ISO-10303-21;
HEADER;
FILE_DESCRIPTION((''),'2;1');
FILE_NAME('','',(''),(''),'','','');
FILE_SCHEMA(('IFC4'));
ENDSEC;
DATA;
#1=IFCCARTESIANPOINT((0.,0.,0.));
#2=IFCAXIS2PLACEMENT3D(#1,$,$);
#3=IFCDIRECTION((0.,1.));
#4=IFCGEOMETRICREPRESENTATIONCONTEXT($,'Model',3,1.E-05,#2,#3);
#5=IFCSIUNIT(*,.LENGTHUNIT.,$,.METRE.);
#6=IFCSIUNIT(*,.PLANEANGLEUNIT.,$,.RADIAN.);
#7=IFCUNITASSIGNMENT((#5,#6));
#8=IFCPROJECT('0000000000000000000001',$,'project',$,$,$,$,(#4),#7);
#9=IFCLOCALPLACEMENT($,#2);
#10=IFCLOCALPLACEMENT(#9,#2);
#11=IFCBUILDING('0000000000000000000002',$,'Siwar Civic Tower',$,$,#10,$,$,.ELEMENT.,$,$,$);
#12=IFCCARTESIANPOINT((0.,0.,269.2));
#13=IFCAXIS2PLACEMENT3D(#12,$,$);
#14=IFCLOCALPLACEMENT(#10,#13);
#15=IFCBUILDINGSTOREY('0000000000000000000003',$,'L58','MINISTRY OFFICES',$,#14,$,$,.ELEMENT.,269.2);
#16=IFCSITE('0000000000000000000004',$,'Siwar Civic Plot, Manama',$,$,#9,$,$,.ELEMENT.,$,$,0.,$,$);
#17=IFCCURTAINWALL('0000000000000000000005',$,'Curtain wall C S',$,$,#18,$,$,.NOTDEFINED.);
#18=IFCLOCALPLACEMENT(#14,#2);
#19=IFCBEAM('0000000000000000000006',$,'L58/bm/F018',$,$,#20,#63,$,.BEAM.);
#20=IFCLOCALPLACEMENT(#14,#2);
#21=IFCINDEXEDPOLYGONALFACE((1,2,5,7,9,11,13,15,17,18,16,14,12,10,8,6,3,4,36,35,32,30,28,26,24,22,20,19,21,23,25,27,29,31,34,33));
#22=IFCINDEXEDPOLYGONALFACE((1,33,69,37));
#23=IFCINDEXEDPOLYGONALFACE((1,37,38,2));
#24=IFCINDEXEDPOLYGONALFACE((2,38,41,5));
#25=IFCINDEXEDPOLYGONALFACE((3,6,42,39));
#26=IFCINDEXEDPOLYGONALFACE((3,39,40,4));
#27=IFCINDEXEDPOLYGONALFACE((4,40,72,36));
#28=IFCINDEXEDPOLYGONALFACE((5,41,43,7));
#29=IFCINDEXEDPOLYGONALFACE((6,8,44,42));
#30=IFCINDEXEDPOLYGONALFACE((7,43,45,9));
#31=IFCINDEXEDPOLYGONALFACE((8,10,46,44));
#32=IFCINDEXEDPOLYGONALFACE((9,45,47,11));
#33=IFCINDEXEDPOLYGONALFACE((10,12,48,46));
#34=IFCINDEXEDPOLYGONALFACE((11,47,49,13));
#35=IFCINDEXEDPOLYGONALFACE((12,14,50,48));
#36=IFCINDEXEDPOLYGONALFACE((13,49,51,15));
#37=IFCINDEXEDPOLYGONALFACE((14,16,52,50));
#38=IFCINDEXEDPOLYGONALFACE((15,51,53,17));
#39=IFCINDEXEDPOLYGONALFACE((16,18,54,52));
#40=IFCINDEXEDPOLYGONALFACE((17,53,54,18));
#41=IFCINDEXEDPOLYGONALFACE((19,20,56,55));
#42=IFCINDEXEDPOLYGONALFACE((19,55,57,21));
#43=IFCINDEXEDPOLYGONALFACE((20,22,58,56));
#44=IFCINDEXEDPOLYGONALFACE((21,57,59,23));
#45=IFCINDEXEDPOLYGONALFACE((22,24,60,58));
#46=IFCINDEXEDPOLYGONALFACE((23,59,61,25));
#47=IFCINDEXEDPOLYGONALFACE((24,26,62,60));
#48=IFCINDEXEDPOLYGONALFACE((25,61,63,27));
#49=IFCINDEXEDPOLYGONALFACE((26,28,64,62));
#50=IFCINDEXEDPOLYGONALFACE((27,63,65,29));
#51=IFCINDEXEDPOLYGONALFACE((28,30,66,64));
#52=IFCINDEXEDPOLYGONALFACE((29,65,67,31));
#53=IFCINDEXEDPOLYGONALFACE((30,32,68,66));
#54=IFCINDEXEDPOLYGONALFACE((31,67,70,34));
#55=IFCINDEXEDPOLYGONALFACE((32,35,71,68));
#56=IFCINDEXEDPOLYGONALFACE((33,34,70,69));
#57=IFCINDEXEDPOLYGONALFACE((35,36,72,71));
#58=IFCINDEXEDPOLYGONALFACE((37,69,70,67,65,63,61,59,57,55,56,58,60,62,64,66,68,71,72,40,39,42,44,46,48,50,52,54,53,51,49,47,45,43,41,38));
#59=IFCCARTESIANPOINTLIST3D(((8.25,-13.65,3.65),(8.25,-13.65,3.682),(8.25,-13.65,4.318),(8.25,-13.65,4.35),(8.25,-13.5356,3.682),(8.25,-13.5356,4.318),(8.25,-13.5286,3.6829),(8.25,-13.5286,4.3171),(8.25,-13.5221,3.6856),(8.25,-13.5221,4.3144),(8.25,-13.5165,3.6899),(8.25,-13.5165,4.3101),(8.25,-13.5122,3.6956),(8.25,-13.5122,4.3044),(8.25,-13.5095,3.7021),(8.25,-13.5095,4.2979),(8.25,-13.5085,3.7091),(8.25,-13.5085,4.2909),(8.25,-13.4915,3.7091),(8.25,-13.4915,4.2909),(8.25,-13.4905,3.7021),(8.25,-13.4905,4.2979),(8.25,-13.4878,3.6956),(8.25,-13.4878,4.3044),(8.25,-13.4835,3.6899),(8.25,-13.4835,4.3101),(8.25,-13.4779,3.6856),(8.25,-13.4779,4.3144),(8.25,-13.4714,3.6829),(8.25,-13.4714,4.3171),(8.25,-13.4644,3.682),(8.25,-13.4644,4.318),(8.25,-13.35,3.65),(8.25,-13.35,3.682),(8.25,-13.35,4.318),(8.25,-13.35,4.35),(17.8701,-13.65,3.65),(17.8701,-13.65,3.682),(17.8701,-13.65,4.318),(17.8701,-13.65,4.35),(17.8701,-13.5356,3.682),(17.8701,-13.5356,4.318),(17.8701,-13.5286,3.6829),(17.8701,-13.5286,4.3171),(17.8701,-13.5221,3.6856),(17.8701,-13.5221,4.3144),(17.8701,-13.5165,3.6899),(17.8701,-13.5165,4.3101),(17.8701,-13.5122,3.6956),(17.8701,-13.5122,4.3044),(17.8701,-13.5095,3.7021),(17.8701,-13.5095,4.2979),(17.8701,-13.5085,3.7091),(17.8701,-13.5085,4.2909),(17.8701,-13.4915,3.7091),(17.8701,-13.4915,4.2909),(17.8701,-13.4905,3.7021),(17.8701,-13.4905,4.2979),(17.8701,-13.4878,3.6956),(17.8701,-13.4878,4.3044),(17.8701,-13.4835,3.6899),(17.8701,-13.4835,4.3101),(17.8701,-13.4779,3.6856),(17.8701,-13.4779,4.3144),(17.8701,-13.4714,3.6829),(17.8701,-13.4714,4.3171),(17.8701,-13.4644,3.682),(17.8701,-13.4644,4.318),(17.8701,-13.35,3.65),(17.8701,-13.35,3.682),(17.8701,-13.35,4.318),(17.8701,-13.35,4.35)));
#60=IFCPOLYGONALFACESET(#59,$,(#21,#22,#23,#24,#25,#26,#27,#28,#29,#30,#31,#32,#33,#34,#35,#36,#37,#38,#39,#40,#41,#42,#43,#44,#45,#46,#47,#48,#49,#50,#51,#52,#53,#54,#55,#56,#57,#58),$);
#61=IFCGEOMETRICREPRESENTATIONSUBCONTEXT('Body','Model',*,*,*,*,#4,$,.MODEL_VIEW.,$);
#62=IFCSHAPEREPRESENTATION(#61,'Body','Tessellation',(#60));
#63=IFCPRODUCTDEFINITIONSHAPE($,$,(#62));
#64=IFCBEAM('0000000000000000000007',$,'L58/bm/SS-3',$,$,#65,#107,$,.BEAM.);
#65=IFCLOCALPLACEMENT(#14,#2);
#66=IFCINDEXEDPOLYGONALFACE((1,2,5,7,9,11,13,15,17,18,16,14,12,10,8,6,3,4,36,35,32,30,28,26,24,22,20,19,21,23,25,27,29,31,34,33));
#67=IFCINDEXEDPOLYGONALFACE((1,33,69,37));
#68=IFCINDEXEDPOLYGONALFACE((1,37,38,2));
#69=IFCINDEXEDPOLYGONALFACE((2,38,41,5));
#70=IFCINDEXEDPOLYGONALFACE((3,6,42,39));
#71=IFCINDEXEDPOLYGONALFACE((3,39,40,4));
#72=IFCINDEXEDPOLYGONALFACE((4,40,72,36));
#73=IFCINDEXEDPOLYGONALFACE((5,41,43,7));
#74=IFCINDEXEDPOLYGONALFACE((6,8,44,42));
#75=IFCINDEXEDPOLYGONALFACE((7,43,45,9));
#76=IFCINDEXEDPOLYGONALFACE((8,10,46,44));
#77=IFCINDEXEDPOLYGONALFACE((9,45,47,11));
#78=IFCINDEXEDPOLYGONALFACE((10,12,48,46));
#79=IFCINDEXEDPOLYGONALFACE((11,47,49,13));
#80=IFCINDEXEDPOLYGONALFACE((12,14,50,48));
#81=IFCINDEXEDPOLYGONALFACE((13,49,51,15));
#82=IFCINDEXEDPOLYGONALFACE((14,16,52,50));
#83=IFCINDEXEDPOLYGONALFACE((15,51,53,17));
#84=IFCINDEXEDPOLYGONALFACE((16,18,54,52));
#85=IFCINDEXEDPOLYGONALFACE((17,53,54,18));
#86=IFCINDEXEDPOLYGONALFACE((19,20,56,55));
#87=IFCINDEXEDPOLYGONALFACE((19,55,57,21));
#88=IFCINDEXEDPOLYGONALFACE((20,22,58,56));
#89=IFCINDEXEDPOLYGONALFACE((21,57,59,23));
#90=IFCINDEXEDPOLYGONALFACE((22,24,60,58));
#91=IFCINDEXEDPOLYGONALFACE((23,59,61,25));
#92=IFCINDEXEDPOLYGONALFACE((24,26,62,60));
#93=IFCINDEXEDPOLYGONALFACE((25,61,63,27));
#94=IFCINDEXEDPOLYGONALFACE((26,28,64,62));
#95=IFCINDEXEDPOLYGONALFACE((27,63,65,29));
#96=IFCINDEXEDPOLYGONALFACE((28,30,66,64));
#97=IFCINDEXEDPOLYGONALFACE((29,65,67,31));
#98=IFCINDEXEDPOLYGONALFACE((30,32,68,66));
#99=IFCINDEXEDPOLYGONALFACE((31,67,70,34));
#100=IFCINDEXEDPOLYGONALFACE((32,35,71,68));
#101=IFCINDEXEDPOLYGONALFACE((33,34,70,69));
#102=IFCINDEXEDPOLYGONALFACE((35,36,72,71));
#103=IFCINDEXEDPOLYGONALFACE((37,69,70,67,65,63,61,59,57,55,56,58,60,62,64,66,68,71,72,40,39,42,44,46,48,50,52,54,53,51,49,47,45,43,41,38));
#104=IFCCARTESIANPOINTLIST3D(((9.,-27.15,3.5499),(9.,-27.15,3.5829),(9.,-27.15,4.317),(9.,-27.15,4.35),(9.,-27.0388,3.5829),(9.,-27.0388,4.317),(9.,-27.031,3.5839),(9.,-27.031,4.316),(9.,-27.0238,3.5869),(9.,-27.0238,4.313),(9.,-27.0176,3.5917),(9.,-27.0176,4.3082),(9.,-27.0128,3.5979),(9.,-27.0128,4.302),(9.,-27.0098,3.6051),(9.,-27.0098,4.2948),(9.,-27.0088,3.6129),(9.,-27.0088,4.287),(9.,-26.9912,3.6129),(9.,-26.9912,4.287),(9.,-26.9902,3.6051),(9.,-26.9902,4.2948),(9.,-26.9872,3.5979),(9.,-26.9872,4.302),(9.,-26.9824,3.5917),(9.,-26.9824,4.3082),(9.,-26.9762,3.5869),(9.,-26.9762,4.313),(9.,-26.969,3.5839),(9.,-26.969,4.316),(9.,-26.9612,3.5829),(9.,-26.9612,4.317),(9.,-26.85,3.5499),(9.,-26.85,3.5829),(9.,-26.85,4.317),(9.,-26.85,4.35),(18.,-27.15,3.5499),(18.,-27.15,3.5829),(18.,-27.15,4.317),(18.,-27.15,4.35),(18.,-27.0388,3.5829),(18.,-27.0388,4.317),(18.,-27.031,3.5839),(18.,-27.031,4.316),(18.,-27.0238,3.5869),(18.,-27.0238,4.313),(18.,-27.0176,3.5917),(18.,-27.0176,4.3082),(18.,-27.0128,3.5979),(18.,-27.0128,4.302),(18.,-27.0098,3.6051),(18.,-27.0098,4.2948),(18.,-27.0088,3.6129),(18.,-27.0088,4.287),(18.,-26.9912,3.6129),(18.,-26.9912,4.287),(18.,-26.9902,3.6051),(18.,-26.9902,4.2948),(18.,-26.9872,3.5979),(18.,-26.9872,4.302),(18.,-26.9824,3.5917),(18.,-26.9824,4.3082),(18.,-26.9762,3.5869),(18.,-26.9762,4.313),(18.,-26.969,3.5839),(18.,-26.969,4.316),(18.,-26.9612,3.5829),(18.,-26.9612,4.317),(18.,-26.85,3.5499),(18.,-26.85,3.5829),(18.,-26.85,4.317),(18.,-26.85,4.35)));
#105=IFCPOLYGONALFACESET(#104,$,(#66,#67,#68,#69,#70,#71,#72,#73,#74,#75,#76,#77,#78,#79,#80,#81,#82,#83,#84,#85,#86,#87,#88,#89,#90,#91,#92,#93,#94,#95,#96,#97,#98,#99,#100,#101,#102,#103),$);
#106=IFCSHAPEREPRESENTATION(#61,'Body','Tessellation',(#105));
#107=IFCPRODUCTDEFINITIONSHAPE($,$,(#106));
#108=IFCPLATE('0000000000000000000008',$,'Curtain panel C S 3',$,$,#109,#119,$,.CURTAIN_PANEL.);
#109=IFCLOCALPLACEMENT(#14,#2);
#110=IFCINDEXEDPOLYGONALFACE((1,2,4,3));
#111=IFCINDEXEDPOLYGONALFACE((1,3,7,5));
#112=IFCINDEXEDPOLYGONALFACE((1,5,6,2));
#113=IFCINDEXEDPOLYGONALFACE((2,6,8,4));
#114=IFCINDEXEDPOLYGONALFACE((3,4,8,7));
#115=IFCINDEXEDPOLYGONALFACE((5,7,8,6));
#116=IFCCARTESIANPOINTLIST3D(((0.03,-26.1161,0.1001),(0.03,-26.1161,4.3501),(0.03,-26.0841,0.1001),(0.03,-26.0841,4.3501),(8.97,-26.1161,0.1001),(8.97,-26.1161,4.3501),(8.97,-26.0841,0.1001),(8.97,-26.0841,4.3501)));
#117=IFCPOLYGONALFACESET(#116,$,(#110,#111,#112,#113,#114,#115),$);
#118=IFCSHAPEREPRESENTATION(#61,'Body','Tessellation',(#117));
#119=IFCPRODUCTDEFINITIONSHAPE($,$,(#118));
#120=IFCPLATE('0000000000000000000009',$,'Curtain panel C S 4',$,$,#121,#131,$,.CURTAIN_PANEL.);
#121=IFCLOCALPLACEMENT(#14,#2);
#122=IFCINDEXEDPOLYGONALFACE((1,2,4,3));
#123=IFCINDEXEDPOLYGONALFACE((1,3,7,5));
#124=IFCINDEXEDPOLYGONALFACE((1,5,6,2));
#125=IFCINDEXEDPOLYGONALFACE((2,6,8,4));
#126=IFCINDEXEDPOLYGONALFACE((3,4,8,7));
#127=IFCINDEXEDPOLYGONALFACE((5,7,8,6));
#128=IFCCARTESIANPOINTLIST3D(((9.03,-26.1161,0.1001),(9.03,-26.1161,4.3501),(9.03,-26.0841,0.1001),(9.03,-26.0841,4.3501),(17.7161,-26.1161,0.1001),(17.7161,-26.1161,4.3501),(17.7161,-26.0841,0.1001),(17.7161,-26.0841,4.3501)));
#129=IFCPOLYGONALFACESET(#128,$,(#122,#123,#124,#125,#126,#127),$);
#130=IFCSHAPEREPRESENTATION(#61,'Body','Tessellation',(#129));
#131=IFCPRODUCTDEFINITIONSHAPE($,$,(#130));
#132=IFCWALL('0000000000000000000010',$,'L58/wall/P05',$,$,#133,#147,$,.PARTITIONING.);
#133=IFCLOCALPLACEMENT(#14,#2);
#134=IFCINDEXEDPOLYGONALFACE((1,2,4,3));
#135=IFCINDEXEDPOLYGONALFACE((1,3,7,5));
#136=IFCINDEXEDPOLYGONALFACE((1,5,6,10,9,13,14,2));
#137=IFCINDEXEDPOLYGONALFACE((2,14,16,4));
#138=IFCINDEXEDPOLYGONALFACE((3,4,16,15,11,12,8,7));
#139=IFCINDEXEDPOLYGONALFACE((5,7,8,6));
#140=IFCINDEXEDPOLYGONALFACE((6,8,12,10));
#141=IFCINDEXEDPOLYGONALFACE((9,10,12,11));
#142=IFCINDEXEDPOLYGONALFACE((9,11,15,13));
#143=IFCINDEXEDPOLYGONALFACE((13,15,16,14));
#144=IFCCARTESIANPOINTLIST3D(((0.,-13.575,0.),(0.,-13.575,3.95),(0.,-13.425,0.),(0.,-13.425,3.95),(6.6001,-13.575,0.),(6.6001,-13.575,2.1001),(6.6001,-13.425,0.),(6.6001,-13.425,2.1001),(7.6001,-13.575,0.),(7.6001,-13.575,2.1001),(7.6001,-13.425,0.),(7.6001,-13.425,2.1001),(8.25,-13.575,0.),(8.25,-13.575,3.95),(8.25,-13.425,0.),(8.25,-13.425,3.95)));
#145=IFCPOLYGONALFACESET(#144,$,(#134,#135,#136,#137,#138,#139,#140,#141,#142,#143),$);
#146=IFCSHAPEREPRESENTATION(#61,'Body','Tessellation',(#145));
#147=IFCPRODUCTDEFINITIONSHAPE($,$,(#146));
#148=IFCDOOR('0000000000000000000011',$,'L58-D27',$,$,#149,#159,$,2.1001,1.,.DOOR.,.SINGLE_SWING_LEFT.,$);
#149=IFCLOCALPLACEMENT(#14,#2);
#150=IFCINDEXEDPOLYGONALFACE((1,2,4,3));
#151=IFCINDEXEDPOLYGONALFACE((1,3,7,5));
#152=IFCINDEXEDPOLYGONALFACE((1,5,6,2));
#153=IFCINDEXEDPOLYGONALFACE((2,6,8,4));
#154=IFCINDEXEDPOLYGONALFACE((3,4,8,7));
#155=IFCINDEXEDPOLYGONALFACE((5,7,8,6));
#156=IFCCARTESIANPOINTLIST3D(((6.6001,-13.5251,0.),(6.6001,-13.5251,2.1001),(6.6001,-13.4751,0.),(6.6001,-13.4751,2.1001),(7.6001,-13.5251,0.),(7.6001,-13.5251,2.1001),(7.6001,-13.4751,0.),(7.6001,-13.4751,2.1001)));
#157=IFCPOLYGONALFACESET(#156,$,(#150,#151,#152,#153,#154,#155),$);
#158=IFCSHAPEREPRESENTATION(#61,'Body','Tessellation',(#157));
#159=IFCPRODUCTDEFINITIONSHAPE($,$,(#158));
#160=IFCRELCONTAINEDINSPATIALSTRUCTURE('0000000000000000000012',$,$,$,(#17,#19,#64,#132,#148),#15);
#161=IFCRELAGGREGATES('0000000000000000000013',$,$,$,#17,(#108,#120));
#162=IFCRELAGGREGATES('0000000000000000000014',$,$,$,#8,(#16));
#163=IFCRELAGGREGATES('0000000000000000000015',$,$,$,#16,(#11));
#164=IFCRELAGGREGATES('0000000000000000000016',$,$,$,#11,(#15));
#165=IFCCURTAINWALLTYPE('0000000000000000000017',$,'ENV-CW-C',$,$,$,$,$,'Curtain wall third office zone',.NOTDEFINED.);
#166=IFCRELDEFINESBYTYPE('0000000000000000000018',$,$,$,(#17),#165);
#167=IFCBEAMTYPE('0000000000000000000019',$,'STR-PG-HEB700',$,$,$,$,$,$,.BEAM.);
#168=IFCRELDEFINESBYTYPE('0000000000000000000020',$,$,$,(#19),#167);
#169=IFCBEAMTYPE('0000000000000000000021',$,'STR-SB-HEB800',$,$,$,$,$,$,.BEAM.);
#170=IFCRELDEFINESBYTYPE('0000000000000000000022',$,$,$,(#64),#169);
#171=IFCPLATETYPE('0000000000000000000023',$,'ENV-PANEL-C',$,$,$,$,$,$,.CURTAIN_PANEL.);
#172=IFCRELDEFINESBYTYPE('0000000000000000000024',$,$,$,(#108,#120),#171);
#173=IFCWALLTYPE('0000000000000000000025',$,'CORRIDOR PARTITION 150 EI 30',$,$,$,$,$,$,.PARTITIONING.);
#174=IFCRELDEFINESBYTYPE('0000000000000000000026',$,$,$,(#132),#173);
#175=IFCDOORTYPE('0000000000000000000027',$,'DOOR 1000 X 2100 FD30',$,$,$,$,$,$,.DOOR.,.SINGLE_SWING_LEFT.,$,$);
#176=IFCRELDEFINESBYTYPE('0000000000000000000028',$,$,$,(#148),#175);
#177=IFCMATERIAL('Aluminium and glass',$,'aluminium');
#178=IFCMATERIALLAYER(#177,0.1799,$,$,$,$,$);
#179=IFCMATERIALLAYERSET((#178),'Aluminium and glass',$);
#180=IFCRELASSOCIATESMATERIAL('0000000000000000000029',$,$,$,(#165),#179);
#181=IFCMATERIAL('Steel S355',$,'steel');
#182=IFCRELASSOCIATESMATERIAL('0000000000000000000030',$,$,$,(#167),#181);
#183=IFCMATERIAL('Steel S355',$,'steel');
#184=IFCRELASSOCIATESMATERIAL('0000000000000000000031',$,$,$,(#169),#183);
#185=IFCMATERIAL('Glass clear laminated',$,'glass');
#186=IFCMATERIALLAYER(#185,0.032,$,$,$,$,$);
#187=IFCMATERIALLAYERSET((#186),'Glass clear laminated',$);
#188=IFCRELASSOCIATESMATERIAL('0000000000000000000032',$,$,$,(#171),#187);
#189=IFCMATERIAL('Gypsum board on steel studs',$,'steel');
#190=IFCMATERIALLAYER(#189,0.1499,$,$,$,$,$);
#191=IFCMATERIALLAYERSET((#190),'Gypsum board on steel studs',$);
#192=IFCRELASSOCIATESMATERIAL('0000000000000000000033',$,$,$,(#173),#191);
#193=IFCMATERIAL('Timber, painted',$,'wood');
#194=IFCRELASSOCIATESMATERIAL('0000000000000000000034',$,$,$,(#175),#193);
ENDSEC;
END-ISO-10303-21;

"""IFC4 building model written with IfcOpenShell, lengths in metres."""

from ifc_helpers import new_model, si_unit, direction, frame, frame_2d, origin, origin_2d, place, context, subcontext, project, spatial, rectangle, i_section, extrude, material, layer, layer_set, material_profile, profile_set, type_object, element, fill, aggregate, save


model = new_model("IFC4")

# Units and contexts
model_context = context("Model", 3, precision=1e-05, world=origin(), true_north=direction((0.0, 1.0)))
body_context = subcontext(model_context, "Body", "Model", "MODEL_VIEW")
ifc_project = project(units=[si_unit("LENGTHUNIT", "METRE"), si_unit("PLANEANGLEUNIT", "RADIAN")], contexts=[model_context])

# Site, building, storey
site_placement = place(None, origin())
site = spatial("IfcSite", under=ifc_project, at=site_placement, Name="Siwar Civic Plot, Manama", CompositionType="ELEMENT", RefElevation=0.0)
building_placement = place(site_placement, origin())
building = spatial("IfcBuilding", under=site, at=building_placement, Name="Siwar Civic Tower", CompositionType="ELEMENT")
storey_placement = place(building_placement, frame((0.0, 0.0, 269.2)))
storey = spatial("IfcBuildingStorey", under=building, at=storey_placement, Name="L58", Description="MINISTRY OFFICES", CompositionType="ELEMENT", Elevation=269.2)

# Curtain wall
ifc_material_1 = material(Name="Aluminium and glass", Category="aluminium")
ifc_layer_1 = layer(ifc_material_1, 0.1799)
ifc_layer_set_1 = layer_set([ifc_layer_1], Name="Aluminium and glass")
curtain_wall_type = type_object("IfcCurtainWallType", Name="ENV-CW-C", ElementType="Curtain wall third office zone", PredefinedType="NOTDEFINED", material=ifc_layer_set_1)
curtain_wall_placement = place(storey_placement, origin())
curtain_wall = element("IfcCurtainWall", 1, at=curtain_wall_placement, inside=storey, type_object=curtain_wall_type, Name="Curtain wall C S", PredefinedType="NOTDEFINED")

# Beams
ifc_material_2 = material(Name="Steel S355", Category="steel")
ifc_material_profile_1 = material_profile(ifc_material_2, i_section(OverallWidth=0.3, OverallDepth=0.7, WebThickness=0.0171, FlangeThickness=0.032, FilletRadius=0.0271, at=origin_2d()), Name="HEB700")
ifc_profile_set_1 = profile_set([ifc_material_profile_1], Name="Steel S355")
beam_type_1 = type_object("IfcBeamType", Name="STR-PG-HEB700", PredefinedType="BEAM", material=ifc_profile_set_1)
beam_1_placement = place(storey_placement, frame((8.25, -13.5, 4.0), z_axis=(1.0, 0.0, 0.0), x_axis=(0.0, 1.0, 0.0)))
element("IfcBeam", 2, at=beam_1_placement, inside=storey, type_object=beam_type_1, Name="L58/bm/F018", PredefinedType="BEAM", context=body_context, shape_type="SweptSolid", body=[
    extrude(i_section(OverallWidth=0.3, OverallDepth=0.7, WebThickness=0.0171, FlangeThickness=0.032, FilletRadius=0.0271, at=origin_2d()), origin(), (0.0, 0.0, 1.0), 9.6201),
])
ifc_material_3 = material(Name="Steel S355", Category="steel")
ifc_material_profile_2 = material_profile(ifc_material_3, i_section(OverallWidth=0.3, OverallDepth=0.8, WebThickness=0.0176, FlangeThickness=0.033, FilletRadius=0.03, at=origin_2d()), Name="HEB800")
ifc_profile_set_2 = profile_set([ifc_material_profile_2], Name="Steel S355")
beam_type_2 = type_object("IfcBeamType", Name="STR-SB-HEB800", PredefinedType="BEAM", material=ifc_profile_set_2)
beam_2_placement = place(storey_placement, frame((9.0, -27.0, 3.95), z_axis=(1.0, 0.0, 0.0), x_axis=(0.0, 1.0, 0.0)))
element("IfcBeam", 3, at=beam_2_placement, inside=storey, type_object=beam_type_2, Name="L58/bm/SS-3", PredefinedType="BEAM", context=body_context, shape_type="SweptSolid", body=[
    extrude(i_section(OverallWidth=0.3, OverallDepth=0.8, WebThickness=0.0176, FlangeThickness=0.033, FilletRadius=0.03, at=origin_2d()), origin(), (0.0, 0.0, 1.0), 9.0),
])

# Plates
ifc_material_4 = material(Name="Glass clear laminated", Category="glass")
ifc_layer_2 = layer(ifc_material_4, 0.032)
ifc_layer_set_2 = layer_set([ifc_layer_2], Name="Glass clear laminated")
plate_type = type_object("IfcPlateType", Name="ENV-PANEL-C", PredefinedType="CURTAIN_PANEL", material=ifc_layer_set_2)
plate_1_placement = place(storey_placement, frame((4.5, -26.1001, 0.1001), z_axis=(0.0, 0.0, 1.0), x_axis=(1.0, 0.0, 0.0)))
plate_1 = element("IfcPlate", 4, at=plate_1_placement, type_object=plate_type, Name="Curtain panel C S 3", PredefinedType="CURTAIN_PANEL", context=body_context, shape_type="SweptSolid", body=[
    extrude(rectangle(XDim=8.9399, YDim=0.032, at=origin_2d()), origin(), (0.0, 0.0, 1.0), 4.25),
])
plate_2_placement = place(storey_placement, frame((13.373, -26.1001, 0.1001), z_axis=(0.0, 0.0, 1.0), x_axis=(1.0, 0.0, 0.0)))
plate_2 = element("IfcPlate", 5, at=plate_2_placement, type_object=plate_type, Name="Curtain panel C S 4", PredefinedType="CURTAIN_PANEL", context=body_context, shape_type="SweptSolid", body=[
    extrude(rectangle(XDim=8.686, YDim=0.032, at=origin_2d()), origin(), (0.0, 0.0, 1.0), 4.25),
])
aggregate(curtain_wall, [plate_1, plate_2])

# Wall, opening, door
ifc_material_5 = material(Name="Gypsum board on steel studs", Category="steel")
ifc_layer_3 = layer(ifc_material_5, 0.1499)
ifc_layer_set_3 = layer_set([ifc_layer_3], Name="Gypsum board on steel studs")
wall_type_1 = type_object("IfcWallType", Name="CORRIDOR PARTITION 150 EI 30", PredefinedType="PARTITIONING", material=ifc_layer_set_3)
wall_1_placement = place(storey_placement, frame((0.0, -13.5, 0.0), z_axis=(0.0, 0.0, 1.0), x_axis=(1.0, 0.0, 0.0)))
wall_1 = element("IfcWall", 6, at=wall_1_placement, inside=storey, type_object=wall_type_1, Name="L58/wall/P05", PredefinedType="PARTITIONING", context=body_context, shape_type="SweptSolid", body=[
    extrude(rectangle(XDim=8.25, YDim=0.1499, at=frame_2d((4.125, 0.0))), origin(), (0.0, 0.0, 1.0), 3.95),
])
opening_1_placement = place(wall_1_placement, frame((6.6001, 0.0, 0.0)))
opening_1 = element("IfcOpeningElement", 7, at=opening_1_placement, cuts=wall_1, PredefinedType="OPENING", context=body_context, shape_type="SweptSolid", body=[
    extrude(rectangle(XDim=1.0, YDim=2.1001, at=frame_2d((0.5, 1.05))), frame((0.0, 0.085, 0.0), z_axis=(0.0, -1.0, 0.0), x_axis=(1.0, 0.0, 0.0)), (0.0, 0.0, 1.0), 0.1699),
])
ifc_material_6 = material(Name="Timber, painted", Category="wood")
door_type_1 = type_object("IfcDoorType", Name="DOOR 1000 X 2100 FD30", OperationType="SINGLE_SWING_LEFT", PredefinedType="DOOR", material=ifc_material_6)
door_1_placement = place(opening_1_placement, origin())
door_1 = element("IfcDoor", 8, at=door_1_placement, inside=storey, type_object=door_type_1, Name="L58-D27", OperationType="SINGLE_SWING_LEFT", OverallHeight=2.1001, OverallWidth=1.0, PredefinedType="DOOR", context=body_context, shape_type="SweptSolid", body=[
    extrude(rectangle(XDim=1.0, YDim=2.1001, at=frame_2d((0.5, 1.05))), frame((0.0, 0.0249, 0.0), z_axis=(0.0, -1.0, 0.0), x_axis=(1.0, 0.0, 0.0)), (0.0, 0.0, 1.0), 0.05),
])
fill(opening_1, door_1)

save(model, "model.ifc")
